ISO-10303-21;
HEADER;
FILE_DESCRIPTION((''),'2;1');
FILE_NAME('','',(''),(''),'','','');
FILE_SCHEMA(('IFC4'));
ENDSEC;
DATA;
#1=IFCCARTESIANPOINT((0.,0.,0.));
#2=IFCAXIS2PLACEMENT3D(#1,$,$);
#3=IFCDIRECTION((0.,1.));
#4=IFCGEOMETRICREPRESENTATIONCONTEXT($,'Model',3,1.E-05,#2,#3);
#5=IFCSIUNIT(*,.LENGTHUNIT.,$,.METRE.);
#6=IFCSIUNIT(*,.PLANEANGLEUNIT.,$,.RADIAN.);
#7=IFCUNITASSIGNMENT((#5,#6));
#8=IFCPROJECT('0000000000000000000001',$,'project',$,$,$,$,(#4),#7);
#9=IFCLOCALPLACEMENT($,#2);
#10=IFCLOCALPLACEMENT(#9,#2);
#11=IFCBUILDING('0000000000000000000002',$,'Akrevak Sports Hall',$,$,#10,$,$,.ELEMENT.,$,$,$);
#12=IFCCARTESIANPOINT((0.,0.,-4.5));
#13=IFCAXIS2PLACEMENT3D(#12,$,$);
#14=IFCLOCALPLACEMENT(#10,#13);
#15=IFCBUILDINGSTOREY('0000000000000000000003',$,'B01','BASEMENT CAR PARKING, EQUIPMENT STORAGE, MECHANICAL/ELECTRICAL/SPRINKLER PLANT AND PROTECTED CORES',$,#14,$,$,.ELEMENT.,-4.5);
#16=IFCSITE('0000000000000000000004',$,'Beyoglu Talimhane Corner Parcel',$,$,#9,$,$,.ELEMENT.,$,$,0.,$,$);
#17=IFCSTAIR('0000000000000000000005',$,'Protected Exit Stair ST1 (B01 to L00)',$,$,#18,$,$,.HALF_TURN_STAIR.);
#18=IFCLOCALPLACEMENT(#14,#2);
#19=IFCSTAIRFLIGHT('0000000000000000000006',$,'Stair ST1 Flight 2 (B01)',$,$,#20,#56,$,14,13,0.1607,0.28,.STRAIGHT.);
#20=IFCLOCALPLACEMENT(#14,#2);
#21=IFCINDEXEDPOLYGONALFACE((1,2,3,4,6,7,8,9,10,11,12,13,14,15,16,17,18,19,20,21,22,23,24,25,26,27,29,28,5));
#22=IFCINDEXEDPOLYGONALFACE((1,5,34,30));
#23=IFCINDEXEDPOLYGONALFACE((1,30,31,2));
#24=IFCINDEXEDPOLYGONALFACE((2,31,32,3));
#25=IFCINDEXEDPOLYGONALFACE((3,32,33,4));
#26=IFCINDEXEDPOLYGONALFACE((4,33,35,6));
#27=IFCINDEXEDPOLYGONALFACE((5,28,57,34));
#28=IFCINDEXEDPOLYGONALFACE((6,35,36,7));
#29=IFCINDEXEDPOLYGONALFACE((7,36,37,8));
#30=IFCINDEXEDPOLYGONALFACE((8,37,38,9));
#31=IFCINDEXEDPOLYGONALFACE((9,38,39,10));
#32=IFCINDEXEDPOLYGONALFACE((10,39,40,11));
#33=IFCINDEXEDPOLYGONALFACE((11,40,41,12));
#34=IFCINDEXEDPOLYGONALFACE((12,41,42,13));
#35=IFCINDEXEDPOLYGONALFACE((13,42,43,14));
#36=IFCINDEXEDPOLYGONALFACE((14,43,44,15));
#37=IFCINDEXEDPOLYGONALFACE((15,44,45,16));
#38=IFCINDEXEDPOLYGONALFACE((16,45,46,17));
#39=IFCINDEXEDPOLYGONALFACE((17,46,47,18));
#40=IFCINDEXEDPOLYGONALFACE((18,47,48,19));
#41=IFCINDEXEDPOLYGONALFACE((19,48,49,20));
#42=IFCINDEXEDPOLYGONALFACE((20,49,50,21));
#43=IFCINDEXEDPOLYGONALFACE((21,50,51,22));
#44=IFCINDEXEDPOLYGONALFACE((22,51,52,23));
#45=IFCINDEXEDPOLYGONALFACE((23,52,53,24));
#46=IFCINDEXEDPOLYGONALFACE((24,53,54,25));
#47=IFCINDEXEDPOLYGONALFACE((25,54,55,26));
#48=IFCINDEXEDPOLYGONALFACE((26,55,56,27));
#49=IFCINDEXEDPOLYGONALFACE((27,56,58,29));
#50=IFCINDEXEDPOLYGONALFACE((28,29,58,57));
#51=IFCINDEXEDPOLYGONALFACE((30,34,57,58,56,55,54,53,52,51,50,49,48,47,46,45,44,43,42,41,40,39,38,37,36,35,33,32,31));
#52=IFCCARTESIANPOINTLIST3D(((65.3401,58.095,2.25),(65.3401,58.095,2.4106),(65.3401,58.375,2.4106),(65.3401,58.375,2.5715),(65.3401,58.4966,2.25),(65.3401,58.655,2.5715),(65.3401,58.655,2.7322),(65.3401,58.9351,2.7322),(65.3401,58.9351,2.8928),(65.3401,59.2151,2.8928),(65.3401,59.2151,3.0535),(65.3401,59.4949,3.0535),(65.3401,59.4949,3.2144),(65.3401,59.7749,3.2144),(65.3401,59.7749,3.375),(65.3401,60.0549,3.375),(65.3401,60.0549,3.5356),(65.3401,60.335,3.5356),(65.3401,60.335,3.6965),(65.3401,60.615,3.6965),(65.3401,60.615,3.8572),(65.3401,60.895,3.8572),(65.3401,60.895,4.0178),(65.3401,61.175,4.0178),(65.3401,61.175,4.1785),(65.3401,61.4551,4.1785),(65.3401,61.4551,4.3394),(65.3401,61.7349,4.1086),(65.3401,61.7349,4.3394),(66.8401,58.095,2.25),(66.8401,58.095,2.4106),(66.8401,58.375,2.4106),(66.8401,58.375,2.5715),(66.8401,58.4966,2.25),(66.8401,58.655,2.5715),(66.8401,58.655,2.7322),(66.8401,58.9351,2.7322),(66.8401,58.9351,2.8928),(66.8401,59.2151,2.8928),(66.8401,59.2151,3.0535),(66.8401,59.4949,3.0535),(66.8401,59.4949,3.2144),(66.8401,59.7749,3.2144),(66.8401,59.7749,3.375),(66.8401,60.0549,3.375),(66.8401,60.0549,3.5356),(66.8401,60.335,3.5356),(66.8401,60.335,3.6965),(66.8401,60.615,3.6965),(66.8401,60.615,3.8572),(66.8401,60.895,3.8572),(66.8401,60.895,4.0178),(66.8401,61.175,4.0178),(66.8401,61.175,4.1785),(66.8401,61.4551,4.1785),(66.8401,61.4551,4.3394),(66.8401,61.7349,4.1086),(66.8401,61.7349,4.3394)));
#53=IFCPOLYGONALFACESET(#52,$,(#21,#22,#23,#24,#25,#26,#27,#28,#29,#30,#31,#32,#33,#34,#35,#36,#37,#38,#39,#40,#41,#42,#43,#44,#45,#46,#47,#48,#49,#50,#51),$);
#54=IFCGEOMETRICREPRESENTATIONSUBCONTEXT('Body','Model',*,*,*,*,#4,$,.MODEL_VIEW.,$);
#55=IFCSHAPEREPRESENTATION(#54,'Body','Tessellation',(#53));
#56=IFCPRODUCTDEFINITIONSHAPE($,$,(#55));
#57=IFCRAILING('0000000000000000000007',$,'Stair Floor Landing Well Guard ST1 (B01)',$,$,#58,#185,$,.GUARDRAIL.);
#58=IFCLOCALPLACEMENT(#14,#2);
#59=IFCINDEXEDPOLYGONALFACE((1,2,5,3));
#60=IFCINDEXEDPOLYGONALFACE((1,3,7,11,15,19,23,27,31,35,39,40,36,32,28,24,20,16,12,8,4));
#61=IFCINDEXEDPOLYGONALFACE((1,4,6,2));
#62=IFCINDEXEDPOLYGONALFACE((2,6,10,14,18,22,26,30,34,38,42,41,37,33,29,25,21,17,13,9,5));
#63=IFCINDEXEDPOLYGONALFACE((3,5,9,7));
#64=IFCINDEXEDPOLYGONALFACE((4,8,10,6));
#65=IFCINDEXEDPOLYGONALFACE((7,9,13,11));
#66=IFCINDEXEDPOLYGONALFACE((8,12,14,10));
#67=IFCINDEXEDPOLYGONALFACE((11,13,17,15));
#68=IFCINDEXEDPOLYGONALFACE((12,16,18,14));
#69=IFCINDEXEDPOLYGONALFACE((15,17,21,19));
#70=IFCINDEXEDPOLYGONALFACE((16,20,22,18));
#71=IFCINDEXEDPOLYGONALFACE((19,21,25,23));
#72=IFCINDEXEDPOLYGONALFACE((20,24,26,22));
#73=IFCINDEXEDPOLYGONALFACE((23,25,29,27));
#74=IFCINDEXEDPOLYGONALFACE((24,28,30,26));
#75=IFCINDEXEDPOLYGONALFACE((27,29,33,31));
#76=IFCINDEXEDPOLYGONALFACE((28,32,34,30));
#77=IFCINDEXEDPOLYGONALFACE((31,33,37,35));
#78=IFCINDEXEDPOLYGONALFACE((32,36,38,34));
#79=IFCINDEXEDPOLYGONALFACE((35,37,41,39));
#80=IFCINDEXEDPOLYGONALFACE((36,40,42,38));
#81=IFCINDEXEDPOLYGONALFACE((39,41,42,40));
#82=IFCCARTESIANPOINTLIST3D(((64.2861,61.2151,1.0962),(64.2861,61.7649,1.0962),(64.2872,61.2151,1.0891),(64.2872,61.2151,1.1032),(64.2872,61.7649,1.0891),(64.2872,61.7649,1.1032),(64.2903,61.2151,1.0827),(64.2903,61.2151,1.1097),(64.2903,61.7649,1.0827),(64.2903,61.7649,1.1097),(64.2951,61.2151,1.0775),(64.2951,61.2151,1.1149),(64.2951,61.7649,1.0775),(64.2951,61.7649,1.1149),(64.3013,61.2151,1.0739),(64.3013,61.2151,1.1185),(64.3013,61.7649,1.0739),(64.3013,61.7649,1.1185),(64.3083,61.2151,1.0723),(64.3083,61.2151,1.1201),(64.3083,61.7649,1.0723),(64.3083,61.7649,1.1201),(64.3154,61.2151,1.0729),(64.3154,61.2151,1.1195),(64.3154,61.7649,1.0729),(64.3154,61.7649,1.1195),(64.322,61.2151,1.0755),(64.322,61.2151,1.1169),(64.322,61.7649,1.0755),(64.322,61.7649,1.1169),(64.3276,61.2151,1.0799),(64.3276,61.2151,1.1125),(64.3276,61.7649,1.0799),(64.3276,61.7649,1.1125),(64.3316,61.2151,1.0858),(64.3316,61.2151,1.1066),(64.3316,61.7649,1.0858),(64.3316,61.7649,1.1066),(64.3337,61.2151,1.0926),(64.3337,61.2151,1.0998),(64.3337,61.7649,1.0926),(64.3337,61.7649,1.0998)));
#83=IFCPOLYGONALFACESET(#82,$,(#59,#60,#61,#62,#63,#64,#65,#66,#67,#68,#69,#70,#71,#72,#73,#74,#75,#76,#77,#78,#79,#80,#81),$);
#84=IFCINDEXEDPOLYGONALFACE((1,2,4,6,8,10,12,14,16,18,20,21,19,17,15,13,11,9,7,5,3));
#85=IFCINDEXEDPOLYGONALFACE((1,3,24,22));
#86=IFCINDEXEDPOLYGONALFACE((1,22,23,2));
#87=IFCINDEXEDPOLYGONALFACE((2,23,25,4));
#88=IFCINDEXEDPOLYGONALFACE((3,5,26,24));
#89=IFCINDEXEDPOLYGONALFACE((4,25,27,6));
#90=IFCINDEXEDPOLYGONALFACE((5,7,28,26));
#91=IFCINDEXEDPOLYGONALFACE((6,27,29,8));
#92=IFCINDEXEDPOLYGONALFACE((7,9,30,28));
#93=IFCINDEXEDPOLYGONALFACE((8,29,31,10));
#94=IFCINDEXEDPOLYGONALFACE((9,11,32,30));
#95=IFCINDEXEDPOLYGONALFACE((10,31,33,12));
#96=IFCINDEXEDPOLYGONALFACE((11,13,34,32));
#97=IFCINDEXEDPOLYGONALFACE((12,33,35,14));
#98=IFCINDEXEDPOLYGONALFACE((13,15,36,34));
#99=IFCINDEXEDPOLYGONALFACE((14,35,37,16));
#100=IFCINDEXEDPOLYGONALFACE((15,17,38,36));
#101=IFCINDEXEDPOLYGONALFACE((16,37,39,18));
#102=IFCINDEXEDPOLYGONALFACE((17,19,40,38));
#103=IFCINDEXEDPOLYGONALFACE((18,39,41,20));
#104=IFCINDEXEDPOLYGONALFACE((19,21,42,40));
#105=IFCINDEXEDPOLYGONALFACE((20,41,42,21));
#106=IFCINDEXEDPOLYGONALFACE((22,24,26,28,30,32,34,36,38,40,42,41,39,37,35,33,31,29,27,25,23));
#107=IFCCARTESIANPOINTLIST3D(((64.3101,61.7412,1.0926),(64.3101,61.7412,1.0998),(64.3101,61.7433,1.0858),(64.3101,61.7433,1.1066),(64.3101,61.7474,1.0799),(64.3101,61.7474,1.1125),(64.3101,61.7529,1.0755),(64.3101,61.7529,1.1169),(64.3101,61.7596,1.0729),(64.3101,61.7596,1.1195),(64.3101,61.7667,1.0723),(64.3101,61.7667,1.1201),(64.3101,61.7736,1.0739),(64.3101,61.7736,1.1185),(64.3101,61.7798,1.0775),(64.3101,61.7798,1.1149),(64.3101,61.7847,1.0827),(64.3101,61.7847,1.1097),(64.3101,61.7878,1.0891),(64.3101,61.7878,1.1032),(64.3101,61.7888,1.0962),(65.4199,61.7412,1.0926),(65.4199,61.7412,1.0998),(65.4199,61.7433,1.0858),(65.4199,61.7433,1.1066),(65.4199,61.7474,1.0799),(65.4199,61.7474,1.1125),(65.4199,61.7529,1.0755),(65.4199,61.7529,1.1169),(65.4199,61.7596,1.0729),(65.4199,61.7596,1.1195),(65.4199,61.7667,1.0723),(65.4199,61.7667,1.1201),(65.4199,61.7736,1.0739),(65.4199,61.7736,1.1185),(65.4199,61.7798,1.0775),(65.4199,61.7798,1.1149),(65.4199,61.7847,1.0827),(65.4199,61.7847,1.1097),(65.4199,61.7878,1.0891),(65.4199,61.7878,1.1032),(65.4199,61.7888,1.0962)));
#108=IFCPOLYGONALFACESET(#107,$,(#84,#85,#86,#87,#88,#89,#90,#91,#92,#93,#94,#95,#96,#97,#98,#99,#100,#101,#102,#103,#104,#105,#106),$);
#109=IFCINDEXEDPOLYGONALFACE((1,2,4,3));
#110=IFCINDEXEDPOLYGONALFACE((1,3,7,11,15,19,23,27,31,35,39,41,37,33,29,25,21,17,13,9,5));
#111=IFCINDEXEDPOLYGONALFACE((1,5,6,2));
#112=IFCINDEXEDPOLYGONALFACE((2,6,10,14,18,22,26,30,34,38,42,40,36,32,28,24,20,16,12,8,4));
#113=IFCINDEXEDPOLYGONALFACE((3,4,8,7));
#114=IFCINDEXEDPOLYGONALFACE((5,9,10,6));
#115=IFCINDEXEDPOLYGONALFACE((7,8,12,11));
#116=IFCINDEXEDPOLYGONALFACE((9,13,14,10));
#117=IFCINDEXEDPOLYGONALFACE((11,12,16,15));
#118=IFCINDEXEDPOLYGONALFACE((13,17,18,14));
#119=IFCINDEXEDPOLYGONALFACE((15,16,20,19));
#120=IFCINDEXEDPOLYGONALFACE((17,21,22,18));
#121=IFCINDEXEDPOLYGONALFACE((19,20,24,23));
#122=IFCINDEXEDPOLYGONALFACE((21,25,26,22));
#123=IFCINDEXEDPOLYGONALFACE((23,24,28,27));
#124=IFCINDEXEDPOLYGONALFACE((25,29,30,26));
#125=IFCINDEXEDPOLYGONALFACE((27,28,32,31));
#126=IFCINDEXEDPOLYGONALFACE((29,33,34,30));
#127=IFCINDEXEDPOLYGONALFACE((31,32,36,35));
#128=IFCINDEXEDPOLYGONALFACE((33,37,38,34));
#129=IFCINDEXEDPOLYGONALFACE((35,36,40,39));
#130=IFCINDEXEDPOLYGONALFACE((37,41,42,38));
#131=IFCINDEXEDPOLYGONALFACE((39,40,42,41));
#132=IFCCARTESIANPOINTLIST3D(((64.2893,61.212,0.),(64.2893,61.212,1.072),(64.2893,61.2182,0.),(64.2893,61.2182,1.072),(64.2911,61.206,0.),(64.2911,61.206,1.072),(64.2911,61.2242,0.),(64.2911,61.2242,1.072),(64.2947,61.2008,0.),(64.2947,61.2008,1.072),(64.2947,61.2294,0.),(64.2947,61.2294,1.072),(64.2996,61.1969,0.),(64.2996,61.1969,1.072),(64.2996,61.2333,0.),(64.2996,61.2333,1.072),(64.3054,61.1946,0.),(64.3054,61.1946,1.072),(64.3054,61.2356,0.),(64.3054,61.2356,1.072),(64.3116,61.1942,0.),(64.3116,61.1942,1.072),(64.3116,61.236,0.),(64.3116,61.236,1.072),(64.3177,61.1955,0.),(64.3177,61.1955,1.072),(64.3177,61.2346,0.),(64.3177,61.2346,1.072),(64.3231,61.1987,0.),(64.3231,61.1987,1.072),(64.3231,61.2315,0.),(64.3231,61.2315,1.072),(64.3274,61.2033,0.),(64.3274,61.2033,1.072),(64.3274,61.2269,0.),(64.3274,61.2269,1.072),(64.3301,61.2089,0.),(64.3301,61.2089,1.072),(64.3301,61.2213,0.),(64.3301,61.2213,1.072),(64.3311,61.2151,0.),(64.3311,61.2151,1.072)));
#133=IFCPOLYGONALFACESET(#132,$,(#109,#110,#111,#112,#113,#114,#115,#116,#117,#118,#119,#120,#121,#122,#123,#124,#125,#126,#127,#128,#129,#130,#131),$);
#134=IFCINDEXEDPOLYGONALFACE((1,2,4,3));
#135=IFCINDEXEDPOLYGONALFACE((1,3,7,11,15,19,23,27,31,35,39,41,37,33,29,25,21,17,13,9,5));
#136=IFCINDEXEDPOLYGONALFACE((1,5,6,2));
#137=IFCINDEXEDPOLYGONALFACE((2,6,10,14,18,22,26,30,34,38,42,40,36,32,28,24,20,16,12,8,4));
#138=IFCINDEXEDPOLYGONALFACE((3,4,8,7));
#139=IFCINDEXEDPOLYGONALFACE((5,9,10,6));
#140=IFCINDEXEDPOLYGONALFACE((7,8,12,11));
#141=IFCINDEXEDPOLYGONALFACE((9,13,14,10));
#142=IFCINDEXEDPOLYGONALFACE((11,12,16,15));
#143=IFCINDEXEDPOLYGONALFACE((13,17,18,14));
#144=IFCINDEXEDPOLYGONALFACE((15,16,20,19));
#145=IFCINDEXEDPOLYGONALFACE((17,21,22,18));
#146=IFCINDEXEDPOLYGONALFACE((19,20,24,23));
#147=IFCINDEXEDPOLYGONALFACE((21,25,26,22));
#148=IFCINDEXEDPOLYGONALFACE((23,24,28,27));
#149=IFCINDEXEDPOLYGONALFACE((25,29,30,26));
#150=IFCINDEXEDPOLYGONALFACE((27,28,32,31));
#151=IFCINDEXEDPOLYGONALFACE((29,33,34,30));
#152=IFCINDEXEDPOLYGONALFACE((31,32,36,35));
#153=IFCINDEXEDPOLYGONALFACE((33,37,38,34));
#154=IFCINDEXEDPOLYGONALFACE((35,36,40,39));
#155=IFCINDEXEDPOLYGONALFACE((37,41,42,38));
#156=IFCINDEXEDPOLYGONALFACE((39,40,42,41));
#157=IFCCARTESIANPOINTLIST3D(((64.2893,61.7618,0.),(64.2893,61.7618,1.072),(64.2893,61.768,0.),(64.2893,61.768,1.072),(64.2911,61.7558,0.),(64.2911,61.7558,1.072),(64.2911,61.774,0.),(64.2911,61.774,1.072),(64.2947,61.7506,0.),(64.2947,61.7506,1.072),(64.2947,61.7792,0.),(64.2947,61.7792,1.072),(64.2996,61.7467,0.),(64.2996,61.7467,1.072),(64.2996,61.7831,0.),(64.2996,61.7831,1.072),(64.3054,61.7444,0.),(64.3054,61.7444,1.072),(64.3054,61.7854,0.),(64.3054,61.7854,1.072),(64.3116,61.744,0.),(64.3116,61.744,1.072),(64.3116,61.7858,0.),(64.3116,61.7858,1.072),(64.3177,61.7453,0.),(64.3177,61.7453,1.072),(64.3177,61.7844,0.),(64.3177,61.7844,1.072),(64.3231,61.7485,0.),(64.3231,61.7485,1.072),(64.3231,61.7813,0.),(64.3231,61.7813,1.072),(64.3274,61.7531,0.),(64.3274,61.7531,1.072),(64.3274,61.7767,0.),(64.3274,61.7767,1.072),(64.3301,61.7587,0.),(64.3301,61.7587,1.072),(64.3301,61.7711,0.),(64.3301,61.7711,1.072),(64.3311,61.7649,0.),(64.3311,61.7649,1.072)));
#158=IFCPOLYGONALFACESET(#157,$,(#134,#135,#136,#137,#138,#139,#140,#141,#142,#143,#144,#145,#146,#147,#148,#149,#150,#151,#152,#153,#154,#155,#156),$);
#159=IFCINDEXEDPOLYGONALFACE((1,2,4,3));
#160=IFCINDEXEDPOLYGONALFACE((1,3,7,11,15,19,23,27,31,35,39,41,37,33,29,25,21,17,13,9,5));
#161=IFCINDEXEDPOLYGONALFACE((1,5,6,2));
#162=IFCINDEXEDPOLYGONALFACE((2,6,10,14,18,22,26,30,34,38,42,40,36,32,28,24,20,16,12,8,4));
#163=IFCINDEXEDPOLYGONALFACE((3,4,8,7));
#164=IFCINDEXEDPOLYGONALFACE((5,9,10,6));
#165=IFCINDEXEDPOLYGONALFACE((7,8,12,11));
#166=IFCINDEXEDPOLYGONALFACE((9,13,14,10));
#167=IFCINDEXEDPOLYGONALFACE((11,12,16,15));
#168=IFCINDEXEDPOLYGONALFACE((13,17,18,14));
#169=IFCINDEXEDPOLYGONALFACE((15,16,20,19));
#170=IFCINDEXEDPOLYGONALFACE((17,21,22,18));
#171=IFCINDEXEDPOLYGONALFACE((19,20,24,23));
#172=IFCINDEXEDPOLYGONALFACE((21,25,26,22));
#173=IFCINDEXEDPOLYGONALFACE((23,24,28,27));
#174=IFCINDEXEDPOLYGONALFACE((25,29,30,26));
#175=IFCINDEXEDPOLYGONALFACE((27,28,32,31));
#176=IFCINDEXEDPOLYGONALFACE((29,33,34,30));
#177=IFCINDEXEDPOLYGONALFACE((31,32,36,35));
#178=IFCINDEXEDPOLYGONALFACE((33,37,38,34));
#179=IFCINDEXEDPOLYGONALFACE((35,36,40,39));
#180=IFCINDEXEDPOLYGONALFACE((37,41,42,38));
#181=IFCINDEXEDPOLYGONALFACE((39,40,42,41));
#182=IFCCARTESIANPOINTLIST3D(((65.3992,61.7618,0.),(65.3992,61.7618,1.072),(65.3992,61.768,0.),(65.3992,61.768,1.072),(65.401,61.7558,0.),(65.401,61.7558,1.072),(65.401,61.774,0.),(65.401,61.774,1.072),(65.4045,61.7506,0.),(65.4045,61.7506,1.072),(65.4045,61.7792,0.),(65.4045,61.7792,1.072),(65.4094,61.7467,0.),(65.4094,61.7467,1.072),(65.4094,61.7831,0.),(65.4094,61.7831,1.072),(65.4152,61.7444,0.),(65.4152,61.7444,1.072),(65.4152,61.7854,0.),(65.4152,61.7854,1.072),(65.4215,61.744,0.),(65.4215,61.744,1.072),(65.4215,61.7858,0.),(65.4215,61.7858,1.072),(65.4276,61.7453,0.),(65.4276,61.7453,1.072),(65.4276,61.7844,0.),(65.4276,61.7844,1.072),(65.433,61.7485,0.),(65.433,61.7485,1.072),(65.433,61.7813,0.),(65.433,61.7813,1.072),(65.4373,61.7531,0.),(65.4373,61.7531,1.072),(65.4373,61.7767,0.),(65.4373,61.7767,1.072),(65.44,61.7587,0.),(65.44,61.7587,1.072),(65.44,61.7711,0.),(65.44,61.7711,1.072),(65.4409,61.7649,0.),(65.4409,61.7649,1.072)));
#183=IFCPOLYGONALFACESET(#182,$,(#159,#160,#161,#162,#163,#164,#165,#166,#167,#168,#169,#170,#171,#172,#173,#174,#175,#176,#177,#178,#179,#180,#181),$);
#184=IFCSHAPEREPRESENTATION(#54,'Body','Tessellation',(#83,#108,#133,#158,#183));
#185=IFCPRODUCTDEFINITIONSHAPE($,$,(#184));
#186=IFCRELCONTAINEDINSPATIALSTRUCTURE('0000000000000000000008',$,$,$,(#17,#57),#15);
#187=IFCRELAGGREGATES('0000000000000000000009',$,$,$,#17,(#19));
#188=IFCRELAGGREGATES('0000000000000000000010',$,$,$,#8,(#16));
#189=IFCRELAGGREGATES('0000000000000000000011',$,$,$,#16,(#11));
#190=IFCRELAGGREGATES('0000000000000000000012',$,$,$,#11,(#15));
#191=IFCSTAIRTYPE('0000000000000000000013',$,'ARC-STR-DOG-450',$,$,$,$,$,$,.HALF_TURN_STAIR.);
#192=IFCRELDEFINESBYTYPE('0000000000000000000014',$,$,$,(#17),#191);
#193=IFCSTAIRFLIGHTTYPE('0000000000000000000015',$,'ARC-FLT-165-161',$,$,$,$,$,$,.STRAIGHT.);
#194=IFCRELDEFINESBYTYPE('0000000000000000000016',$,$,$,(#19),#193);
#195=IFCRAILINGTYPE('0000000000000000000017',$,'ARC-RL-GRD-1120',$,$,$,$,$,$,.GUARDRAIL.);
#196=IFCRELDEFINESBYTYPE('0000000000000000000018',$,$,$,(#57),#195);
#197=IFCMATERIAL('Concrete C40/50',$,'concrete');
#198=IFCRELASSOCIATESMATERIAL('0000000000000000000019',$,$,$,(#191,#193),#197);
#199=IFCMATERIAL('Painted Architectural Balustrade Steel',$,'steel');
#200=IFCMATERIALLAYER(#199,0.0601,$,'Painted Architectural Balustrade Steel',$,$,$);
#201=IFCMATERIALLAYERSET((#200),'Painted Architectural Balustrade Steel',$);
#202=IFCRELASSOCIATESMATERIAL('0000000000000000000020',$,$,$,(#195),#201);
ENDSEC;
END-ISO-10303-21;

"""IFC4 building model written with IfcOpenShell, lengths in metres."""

from ifc_helpers import new_model, si_unit, direction, frame, origin, origin_2d, place, context, subcontext, project, spatial, polyline, circle, outline, extrude, material, layer, layer_set, type_object, element, aggregate, save


model = new_model("IFC4")

# Units and contexts
model_context = context("Model", 3, precision=1e-05, world=origin(), true_north=direction((0.0, 1.0)))
body_context = subcontext(model_context, "Body", "Model", "MODEL_VIEW")
ifc_project = project(units=[si_unit("LENGTHUNIT", "METRE"), si_unit("PLANEANGLEUNIT", "RADIAN")], contexts=[model_context])

# Site, building, storey
site_placement = place(None, origin())
site = spatial("IfcSite", under=ifc_project, at=site_placement, Name="Beyoglu Talimhane Corner Parcel", CompositionType="ELEMENT", RefElevation=0.0)
building_placement = place(site_placement, origin())
building = spatial("IfcBuilding", under=site, at=building_placement, Name="Akrevak Sports Hall", CompositionType="ELEMENT")
storey_placement = place(building_placement, frame((0.0, 0.0, -4.5)))
storey = spatial("IfcBuildingStorey", under=building, at=storey_placement, Name="B01", Description="BASEMENT CAR PARKING, EQUIPMENT STORAGE, MECHANICAL/ELECTRICAL/SPRINKLER PLANT AND PROTECTED CORES", CompositionType="ELEMENT", Elevation=-4.5)

# Shared definitions
ifc_material_1 = material(Name="Concrete C40/50", Category="concrete")

# Stair, stair flight
stair_type = type_object("IfcStairType", Name="ARC-STR-DOG-450", PredefinedType="HALF_TURN_STAIR", material=ifc_material_1)
stair_placement = place(storey_placement, origin())
stair = element("IfcStair", 1, at=stair_placement, inside=storey, type_object=stair_type, Name="Protected Exit Stair ST1 (B01 to L00)", PredefinedType="HALF_TURN_STAIR")
stair_flight_type = type_object("IfcStairFlightType", Name="ARC-FLT-165-161", PredefinedType="STRAIGHT", material=ifc_material_1)
stair_flight_placement = place(storey_placement, frame((66.0901, 58.095, 2.25), z_axis=(0.0, 0.0, 1.0), x_axis=(0.0, 1.0, 0.0)))
stair_flight = element("IfcStairFlight", 2, at=stair_flight_placement, type_object=stair_flight_type, Name="Stair ST1 Flight 2 (B01)", NumberOfRisers=14, NumberOfTreads=13, PredefinedType="STRAIGHT", RiserHeight=0.1607, TreadLength=0.28, context=body_context, shape_type="SweptSolid", body=[
    extrude(outline(polyline([(0.0, 0.0), (0.0, 0.1606), (0.28, 0.1606), (0.28, 0.3215), (0.5601, 0.3215), (0.5601, 0.4822), (0.8401, 0.4822), (0.8401, 0.6428), (1.1201, 0.6428), (1.1201, 0.8035), (1.3999, 0.8035), (1.3999, 0.9644), (1.6799, 0.9644), (1.6799, 1.125), (1.96, 1.125), (1.96, 1.2856), (2.24, 1.2856), (2.24, 1.4465), (2.52, 1.4465), (2.52, 1.6072), (2.8, 1.6072), (2.8, 1.7678), (3.0801, 1.7678), (3.0801, 1.9285), (3.3601, 1.9285), (3.3601, 2.0894), (3.6399, 2.0894), (3.6399, 2.25), (3.6399, 1.8586), (0.4016, 0.0), (0.0, 0.0)])), frame((0.0, 0.75, 0.0), z_axis=(0.0, -1.0, 0.0), x_axis=(1.0, 0.0, 0.0)), (0.0, 0.0, 1.0), 1.5),
])
aggregate(stair, [stair_flight])

# Railing
ifc_material_2 = material(Name="Painted Architectural Balustrade Steel", Category="steel")
ifc_layer_1 = layer(ifc_material_2, 0.0601, Name="Painted Architectural Balustrade Steel")
ifc_layer_set_1 = layer_set([ifc_layer_1], Name="Painted Architectural Balustrade Steel")
railing_type_1 = type_object("IfcRailingType", Name="ARC-RL-GRD-1120", PredefinedType="GUARDRAIL", material=ifc_layer_set_1)
railing_1_placement = place(storey_placement, frame((64.3101, 61.2151, 0.0)))
element("IfcRailing", 3, at=railing_1_placement, inside=storey, type_object=railing_type_1, Name="Stair Floor Landing Well Guard ST1 (B01)", PredefinedType="GUARDRAIL", context=body_context, shape_type="SweptSolid", body=[
    extrude(circle(Radius=0.0239, at=origin_2d()), frame((0.0, 0.0, 1.0962), z_axis=(0.0, 1.0, 0.0), x_axis=(-1.0, 0.0, 0.0)), (0.0, 0.0, 1.0), 0.5498),
    extrude(circle(Radius=0.0239, at=origin_2d()), frame((0.0, 0.5498, 1.0962), z_axis=(1.0, 0.0, 0.0), x_axis=(0.0, 1.0, 0.0)), (0.0, 0.0, 1.0), 1.1099),
    extrude(circle(Radius=0.021, at=origin_2d()), origin(), (0.0, 0.0, 1.0), 1.072),
    extrude(circle(Radius=0.021, at=origin_2d()), frame((0.0, 0.5498, 0.0)), (0.0, 0.0, 1.0), 1.072),
    extrude(circle(Radius=0.021, at=origin_2d()), frame((1.1099, 0.5498, 0.0)), (0.0, 0.0, 1.0), 1.072),
])

save(model, "model.ifc")
